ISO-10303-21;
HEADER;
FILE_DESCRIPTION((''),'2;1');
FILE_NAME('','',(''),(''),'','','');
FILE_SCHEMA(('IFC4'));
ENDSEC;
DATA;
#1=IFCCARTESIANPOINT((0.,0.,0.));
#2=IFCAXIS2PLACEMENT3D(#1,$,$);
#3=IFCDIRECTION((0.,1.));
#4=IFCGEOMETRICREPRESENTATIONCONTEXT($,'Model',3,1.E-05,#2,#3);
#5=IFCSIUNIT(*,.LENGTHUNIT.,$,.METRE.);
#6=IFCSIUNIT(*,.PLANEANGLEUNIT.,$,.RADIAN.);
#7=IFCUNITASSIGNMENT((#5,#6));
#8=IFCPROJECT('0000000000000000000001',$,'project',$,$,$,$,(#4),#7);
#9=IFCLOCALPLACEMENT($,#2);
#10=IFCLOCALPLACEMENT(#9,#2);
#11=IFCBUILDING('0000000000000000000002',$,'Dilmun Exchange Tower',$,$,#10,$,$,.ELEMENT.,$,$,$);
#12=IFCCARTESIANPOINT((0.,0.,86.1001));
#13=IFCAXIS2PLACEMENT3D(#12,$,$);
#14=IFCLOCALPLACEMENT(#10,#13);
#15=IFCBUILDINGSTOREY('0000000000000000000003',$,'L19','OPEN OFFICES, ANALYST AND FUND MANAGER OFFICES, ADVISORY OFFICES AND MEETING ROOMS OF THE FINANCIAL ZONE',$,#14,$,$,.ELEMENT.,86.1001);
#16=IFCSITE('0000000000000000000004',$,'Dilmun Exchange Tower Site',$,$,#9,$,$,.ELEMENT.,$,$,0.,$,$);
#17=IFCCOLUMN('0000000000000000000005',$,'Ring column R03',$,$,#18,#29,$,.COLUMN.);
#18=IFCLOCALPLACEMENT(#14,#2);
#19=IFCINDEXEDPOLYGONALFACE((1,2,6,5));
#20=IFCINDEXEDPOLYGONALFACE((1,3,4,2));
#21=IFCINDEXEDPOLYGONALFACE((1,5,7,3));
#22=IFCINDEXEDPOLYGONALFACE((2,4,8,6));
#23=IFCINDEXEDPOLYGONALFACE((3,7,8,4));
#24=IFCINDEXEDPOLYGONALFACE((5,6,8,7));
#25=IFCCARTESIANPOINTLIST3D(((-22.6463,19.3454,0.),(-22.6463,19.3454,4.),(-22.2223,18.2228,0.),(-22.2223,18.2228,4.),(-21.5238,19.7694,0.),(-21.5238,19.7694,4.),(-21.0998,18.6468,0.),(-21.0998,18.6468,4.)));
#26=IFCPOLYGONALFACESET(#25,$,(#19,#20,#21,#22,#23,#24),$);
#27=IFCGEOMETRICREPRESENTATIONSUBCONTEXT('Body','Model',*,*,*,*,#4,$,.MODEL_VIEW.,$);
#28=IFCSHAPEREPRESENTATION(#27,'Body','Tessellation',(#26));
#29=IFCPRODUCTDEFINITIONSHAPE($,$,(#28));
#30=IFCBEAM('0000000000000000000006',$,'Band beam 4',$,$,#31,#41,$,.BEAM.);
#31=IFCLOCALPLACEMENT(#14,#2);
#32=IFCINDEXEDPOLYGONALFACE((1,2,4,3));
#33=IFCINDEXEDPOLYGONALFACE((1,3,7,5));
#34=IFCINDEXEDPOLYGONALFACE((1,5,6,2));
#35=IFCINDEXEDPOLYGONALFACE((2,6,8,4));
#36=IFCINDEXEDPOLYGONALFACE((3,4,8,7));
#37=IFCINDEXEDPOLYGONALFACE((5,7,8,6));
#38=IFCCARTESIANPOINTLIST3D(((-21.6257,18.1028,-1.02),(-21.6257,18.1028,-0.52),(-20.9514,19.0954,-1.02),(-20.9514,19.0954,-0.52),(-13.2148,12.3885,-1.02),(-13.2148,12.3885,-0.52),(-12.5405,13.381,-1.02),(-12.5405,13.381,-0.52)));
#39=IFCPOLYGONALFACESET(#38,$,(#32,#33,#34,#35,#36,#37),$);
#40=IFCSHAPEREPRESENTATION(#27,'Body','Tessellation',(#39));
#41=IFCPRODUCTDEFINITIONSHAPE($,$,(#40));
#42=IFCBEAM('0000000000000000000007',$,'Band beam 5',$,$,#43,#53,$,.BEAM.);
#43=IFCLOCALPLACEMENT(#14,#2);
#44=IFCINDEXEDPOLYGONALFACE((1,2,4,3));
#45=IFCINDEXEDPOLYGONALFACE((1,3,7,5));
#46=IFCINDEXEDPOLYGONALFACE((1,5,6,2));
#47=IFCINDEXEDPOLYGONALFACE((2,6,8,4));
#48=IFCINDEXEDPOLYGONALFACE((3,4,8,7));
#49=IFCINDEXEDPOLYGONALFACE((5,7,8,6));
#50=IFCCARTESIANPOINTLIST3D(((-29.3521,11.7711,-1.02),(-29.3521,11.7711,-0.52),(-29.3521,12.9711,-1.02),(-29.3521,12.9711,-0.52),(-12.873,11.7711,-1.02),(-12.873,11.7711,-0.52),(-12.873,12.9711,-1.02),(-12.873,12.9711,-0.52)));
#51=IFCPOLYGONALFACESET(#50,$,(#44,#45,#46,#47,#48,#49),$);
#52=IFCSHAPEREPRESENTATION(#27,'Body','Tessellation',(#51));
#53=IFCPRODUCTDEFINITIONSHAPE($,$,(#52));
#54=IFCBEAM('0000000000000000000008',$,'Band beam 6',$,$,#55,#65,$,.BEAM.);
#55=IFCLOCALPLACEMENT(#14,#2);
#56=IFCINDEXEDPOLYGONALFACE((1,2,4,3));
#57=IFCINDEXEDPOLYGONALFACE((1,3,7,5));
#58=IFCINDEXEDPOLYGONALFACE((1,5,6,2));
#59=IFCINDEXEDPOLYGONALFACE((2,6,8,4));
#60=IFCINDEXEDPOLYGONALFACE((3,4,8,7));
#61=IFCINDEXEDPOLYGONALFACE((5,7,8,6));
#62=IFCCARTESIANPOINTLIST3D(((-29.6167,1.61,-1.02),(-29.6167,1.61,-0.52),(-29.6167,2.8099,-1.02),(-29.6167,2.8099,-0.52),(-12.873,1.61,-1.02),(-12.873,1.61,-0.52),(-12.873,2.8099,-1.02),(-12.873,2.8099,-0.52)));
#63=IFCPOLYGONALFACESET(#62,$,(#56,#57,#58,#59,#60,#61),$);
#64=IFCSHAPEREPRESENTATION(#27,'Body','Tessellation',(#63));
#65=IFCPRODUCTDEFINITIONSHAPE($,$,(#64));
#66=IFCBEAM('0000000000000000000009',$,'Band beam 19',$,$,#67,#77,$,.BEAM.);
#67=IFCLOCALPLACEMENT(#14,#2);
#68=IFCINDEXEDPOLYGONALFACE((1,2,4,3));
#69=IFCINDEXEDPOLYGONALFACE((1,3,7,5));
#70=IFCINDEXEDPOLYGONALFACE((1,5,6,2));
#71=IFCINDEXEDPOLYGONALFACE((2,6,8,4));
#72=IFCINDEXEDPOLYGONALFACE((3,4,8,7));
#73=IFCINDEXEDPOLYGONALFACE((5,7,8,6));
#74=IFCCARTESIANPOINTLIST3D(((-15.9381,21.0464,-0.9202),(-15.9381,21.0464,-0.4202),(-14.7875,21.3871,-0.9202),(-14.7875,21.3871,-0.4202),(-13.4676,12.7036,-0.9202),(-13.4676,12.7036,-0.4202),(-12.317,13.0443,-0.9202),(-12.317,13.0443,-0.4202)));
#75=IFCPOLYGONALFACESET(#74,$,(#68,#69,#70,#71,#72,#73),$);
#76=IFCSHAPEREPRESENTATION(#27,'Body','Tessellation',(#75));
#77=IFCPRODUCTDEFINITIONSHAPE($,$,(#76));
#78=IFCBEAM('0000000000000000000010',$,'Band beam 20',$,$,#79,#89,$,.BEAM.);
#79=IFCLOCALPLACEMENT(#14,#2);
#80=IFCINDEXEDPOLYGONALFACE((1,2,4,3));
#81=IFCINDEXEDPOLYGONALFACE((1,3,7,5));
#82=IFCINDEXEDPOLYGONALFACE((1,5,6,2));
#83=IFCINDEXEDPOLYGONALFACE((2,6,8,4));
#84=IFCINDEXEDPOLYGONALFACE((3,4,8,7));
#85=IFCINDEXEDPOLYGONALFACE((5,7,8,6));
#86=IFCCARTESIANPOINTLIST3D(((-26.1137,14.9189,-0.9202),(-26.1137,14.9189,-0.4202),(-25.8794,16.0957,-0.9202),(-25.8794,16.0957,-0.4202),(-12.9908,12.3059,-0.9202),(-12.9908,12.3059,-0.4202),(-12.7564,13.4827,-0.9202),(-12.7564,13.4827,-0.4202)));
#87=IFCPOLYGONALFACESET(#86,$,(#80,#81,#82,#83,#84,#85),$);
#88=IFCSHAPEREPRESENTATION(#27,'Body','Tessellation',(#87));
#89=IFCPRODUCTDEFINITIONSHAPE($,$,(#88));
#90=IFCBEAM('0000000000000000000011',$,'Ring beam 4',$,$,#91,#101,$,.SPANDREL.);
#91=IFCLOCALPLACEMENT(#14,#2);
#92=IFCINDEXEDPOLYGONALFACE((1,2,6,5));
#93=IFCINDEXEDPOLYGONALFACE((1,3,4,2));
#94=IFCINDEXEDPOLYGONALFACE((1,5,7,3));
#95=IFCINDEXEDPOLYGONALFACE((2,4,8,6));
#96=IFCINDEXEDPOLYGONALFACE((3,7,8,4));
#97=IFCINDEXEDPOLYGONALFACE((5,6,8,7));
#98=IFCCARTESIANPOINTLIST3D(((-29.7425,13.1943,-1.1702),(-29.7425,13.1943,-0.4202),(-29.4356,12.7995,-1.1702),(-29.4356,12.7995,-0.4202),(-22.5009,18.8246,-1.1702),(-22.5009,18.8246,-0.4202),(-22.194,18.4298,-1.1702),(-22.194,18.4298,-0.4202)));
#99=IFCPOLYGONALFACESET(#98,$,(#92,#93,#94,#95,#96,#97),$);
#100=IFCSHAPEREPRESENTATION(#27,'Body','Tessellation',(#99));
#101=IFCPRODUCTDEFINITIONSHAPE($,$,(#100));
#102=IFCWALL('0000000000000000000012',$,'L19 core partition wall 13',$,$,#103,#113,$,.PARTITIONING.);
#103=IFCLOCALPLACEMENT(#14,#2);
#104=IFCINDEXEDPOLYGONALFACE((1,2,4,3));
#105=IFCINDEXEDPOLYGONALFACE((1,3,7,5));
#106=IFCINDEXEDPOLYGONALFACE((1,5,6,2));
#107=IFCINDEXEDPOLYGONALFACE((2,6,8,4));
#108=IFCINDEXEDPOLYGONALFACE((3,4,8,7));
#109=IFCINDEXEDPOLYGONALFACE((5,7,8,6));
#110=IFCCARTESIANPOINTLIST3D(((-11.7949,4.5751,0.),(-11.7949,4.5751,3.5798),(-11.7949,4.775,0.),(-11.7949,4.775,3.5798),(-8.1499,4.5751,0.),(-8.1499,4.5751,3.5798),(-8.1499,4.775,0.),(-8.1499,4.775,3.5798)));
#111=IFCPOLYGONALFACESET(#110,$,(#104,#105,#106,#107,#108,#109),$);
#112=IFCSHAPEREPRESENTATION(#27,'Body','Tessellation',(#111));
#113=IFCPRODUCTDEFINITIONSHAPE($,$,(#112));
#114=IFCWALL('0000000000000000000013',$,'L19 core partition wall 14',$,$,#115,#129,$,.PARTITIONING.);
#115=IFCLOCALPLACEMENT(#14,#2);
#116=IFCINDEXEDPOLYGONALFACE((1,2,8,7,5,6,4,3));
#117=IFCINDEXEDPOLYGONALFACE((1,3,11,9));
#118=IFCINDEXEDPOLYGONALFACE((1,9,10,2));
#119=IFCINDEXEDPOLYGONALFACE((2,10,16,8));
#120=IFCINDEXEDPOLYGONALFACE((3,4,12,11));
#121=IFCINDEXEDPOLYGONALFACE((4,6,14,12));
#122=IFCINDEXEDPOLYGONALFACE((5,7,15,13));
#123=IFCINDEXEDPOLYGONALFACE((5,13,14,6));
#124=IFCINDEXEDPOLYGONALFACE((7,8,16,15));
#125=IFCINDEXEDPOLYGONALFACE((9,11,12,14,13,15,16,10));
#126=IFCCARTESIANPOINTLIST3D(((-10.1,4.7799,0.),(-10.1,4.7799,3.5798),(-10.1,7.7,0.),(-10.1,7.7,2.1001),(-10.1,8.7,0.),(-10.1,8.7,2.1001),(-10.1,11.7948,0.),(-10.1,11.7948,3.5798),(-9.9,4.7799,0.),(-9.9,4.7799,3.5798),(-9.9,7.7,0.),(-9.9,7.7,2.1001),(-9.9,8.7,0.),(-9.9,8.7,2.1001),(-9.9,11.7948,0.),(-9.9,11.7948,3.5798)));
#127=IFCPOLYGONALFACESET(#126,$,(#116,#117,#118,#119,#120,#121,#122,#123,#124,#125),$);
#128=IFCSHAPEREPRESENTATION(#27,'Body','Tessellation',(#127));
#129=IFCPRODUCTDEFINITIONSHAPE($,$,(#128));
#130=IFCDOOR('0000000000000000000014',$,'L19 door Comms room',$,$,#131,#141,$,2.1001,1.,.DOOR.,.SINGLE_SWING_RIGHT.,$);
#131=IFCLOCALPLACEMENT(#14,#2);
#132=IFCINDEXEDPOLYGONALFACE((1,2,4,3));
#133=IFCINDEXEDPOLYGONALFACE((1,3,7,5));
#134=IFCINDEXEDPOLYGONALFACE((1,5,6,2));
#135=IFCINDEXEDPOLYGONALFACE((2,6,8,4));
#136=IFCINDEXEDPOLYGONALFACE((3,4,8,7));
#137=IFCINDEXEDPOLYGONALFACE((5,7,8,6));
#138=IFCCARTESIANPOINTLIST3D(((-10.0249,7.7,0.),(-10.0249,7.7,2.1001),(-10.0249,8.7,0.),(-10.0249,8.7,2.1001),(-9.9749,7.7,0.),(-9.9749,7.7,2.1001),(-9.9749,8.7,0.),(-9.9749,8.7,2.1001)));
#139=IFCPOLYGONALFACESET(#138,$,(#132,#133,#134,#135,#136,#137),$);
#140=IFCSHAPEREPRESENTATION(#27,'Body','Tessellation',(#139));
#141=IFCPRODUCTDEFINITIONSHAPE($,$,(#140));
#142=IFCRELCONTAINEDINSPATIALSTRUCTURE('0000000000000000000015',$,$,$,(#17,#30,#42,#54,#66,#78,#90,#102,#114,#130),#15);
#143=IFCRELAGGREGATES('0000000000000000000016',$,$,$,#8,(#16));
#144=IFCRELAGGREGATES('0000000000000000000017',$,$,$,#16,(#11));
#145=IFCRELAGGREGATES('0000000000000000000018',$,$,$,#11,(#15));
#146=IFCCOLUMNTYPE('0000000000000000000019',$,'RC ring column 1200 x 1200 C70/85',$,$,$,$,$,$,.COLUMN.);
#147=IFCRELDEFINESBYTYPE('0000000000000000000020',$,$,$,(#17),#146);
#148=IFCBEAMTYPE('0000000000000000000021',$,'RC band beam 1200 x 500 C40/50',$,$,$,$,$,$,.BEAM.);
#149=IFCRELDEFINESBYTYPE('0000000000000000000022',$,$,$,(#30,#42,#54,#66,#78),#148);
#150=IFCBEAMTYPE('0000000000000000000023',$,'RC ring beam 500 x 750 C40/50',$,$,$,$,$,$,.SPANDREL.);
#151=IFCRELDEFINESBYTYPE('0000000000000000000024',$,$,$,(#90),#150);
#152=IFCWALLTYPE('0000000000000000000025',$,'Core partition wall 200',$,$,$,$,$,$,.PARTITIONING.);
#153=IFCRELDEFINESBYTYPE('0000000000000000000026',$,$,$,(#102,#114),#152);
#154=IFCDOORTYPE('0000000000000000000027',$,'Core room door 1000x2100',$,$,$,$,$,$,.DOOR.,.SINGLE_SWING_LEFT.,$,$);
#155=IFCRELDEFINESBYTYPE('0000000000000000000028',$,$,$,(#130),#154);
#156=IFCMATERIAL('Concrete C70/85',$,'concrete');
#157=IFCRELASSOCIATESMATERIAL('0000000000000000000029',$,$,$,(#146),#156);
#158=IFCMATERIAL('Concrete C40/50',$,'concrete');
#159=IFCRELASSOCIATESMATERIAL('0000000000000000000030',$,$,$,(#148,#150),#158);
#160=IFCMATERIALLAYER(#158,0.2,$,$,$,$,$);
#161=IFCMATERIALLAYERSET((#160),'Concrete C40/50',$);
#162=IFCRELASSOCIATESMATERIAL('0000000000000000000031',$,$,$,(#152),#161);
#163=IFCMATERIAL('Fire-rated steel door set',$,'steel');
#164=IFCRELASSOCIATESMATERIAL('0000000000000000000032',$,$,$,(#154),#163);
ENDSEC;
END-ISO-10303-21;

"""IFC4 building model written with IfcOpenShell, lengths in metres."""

from ifc_helpers import new_model, si_unit, direction, frame, frame_2d, origin, origin_2d, place, context, subcontext, project, spatial, rectangle, extrude, material, layer, layer_set, material_profile, profile_set, type_object, element, fill, save


model = new_model("IFC4")

# Units and contexts
model_context = context("Model", 3, precision=1e-05, world=origin(), true_north=direction((0.0, 1.0)))
body_context = subcontext(model_context, "Body", "Model", "MODEL_VIEW")
ifc_project = project(units=[si_unit("LENGTHUNIT", "METRE"), si_unit("PLANEANGLEUNIT", "RADIAN")], contexts=[model_context])

# Site, building, storey
site_placement = place(None, origin())
site = spatial("IfcSite", under=ifc_project, at=site_placement, Name="Dilmun Exchange Tower Site", CompositionType="ELEMENT", RefElevation=0.0)
building_placement = place(site_placement, origin())
building = spatial("IfcBuilding", under=site, at=building_placement, Name="Dilmun Exchange Tower", CompositionType="ELEMENT")
storey_placement = place(building_placement, frame((0.0, 0.0, 86.1001)))
storey = spatial("IfcBuildingStorey", under=building, at=storey_placement, Name="L19", Description="OPEN OFFICES, ANALYST AND FUND MANAGER OFFICES, ADVISORY OFFICES AND MEETING ROOMS OF THE FINANCIAL ZONE", CompositionType="ELEMENT", Elevation=86.1001)

# Column
ifc_material_1 = material(Name="Concrete C70/85", Category="concrete")
ifc_material_profile_1 = material_profile(ifc_material_1, rectangle(XDim=1.2, YDim=1.2, at=origin_2d()), Name="1200 x 1200")
ifc_profile_set_1 = profile_set([ifc_material_profile_1], Name="Concrete C70/85")
column_type = type_object("IfcColumnType", Name="RC ring column 1200 x 1200 C70/85", PredefinedType="COLUMN", material=ifc_profile_set_1)
column_placement = place(storey_placement, frame((-21.873, 18.9961, 0.0), z_axis=(0.0, 0.0, 1.0), x_axis=(0.935492, 0.353349, 0.0)))
element("IfcColumn", 1, at=column_placement, inside=storey, type_object=column_type, Name="Ring column R03", PredefinedType="COLUMN", context=body_context, shape_type="SweptSolid", body=[
    extrude(rectangle(XDim=1.2, YDim=1.2, at=origin_2d()), origin(), (0.0, 0.0, 1.0), 4.0),
])

# Beams
ifc_material_2 = material(Name="Concrete C40/50", Category="concrete")
ifc_material_profile_2 = material_profile(ifc_material_2, rectangle(XDim=1.2, YDim=0.5, at=origin_2d()), Name="1200 x 500")
ifc_profile_set_2 = profile_set([ifc_material_profile_2], Name="Concrete C40/50")
beam_type_1 = type_object("IfcBeamType", Name="RC band beam 1200 x 500 C40/50", PredefinedType="BEAM", material=ifc_profile_set_2)
beam_1_placement = place(storey_placement, frame((-21.2886, 18.5991, -0.77), z_axis=(0.827157, -0.56197, 0.0), x_axis=(0.56197, 0.827157, 0.0)))
element("IfcBeam", 2, at=beam_1_placement, inside=storey, type_object=beam_type_1, Name="Band beam 4", PredefinedType="BEAM", context=body_context, shape_type="SweptSolid", body=[
    extrude(rectangle(XDim=1.2, YDim=0.5, at=origin_2d()), origin(), (0.0, 0.0, 1.0), 10.1685),
])
beam_2_placement = place(storey_placement, frame((-29.3521, 12.3711, -0.77), z_axis=(1.0, 0.0, 0.0), x_axis=(0.0, 1.0, 0.0)))
element("IfcBeam", 3, at=beam_2_placement, inside=storey, type_object=beam_type_1, Name="Band beam 5", PredefinedType="BEAM", context=body_context, shape_type="SweptSolid", body=[
    extrude(rectangle(XDim=1.2, YDim=0.5, at=origin_2d()), origin(), (0.0, 0.0, 1.0), 16.479),
])
beam_3_placement = place(storey_placement, frame((-29.6167, 2.21, -0.77), z_axis=(1.0, 0.0, 0.0), x_axis=(0.0, 1.0, 0.0)))
element("IfcBeam", 4, at=beam_3_placement, inside=storey, type_object=beam_type_1, Name="Band beam 6", PredefinedType="BEAM", context=body_context, shape_type="SweptSolid", body=[
    extrude(rectangle(XDim=1.2, YDim=0.5, at=origin_2d()), origin(), (0.0, 0.0, 1.0), 16.7437),
])
beam_4_placement = place(storey_placement, frame((-15.3628, 21.2168, -0.6702), z_axis=(0.283933, -0.958844, 0.0), x_axis=(0.958844, 0.283933, 0.0)))
element("IfcBeam", 5, at=beam_4_placement, inside=storey, type_object=beam_type_1, Name="Band beam 19", PredefinedType="BEAM", context=body_context, shape_type="SweptSolid", body=[
    extrude(rectangle(XDim=1.2, YDim=0.5, at=origin_2d()), origin(), (0.0, 0.0, 1.0), 8.7009),
])
beam_5_placement = place(storey_placement, frame((-25.9966, 15.5073, -0.6702), z_axis=(0.980747, -0.195284, 0.0), x_axis=(0.195284, 0.980747, 0.0)))
element("IfcBeam", 6, at=beam_5_placement, inside=storey, type_object=beam_type_1, Name="Band beam 20", PredefinedType="BEAM", context=body_context, shape_type="SweptSolid", body=[
    extrude(rectangle(XDim=1.2, YDim=0.5, at=origin_2d()), origin(), (0.0, 0.0, 1.0), 13.3806),
])
ifc_material_profile_3 = material_profile(ifc_material_2, rectangle(XDim=0.5, YDim=0.75, at=origin_2d()), Name="500 x 750")
ifc_profile_set_3 = profile_set([ifc_material_profile_3], Name="Concrete C40/50")
beam_type_2 = type_object("IfcBeamType", Name="RC ring beam 500 x 750 C40/50", PredefinedType="SPANDREL", material=ifc_profile_set_3)
beam_6_placement = place(storey_placement, frame((-22.3474, 18.6272, -0.7952), z_axis=(-0.789461, -0.613801, 0.0), x_axis=(0.613801, -0.789461, 0.0)))
element("IfcBeam", 7, at=beam_6_placement, inside=storey, type_object=beam_type_2, Name="Ring beam 4", PredefinedType="SPANDREL", context=body_context, shape_type="SweptSolid", body=[
    extrude(rectangle(XDim=0.5, YDim=0.75, at=origin_2d()), origin(), (0.0, 0.0, 1.0), 9.1729),
])

# Wall
ifc_layer_1 = layer(ifc_material_2, 0.2)
ifc_layer_set_1 = layer_set([ifc_layer_1], Name="Concrete C40/50")
wall_type_1 = type_object("IfcWallType", Name="Core partition wall 200", PredefinedType="PARTITIONING", material=ifc_layer_set_1)
wall_1_placement = place(storey_placement, frame((-11.7949, 4.675, 0.0), z_axis=(0.0, 0.0, 1.0), x_axis=(1.0, 0.0, 0.0)))
element("IfcWall", 8, at=wall_1_placement, inside=storey, type_object=wall_type_1, Name="L19 core partition wall 13", PredefinedType="PARTITIONING", context=body_context, shape_type="SweptSolid", body=[
    extrude(rectangle(XDim=3.645, YDim=0.2, at=frame_2d((1.8225, 0.0))), origin(), (0.0, 0.0, 1.0), 3.5798),
])

# Wall, opening, door
wall_2_placement = place(storey_placement, frame((-10.0, 4.78, 0.0), z_axis=(0.0, 0.0, 1.0), x_axis=(0.0, 1.0, 0.0)))
wall_2 = element("IfcWall", 9, at=wall_2_placement, inside=storey, type_object=wall_type_1, Name="L19 core partition wall 14", PredefinedType="PARTITIONING", context=body_context, shape_type="SweptSolid", body=[
    extrude(rectangle(XDim=7.0149, YDim=0.2, at=frame_2d((3.5073, 0.0))), origin(), (0.0, 0.0, 1.0), 3.5798),
])
opening_1_placement = place(wall_2_placement, frame((2.9199, 0.0, 0.0)))
opening_1 = element("IfcOpeningElement", 10, at=opening_1_placement, cuts=wall_2, PredefinedType="OPENING", context=body_context, shape_type="SweptSolid", body=[
    extrude(rectangle(XDim=1.0, YDim=2.1001, at=frame_2d((0.5, 1.05))), frame((0.0, 0.1099, 0.0), z_axis=(0.0, -1.0, 0.0), x_axis=(1.0, 0.0, 0.0)), (0.0, 0.0, 1.0), 0.22),
])
ifc_material_3 = material(Name="Fire-rated steel door set", Category="steel")
door_type_1 = type_object("IfcDoorType", Name="Core room door 1000x2100", OperationType="SINGLE_SWING_LEFT", PredefinedType="DOOR", material=ifc_material_3)
door_1_placement = place(opening_1_placement, origin())
door_1 = element("IfcDoor", 11, at=door_1_placement, inside=storey, type_object=door_type_1, Name="L19 door Comms room", OperationType="SINGLE_SWING_RIGHT", OverallHeight=2.1001, OverallWidth=1.0, PredefinedType="DOOR", context=body_context, shape_type="SweptSolid", body=[
    extrude(rectangle(XDim=1.0, YDim=2.1001, at=frame_2d((0.5, 1.05))), frame((0.0, 0.0249, 0.0), z_axis=(0.0, -1.0, 0.0), x_axis=(1.0, 0.0, 0.0)), (0.0, 0.0, 1.0), 0.05),
])
fill(opening_1, door_1)

save(model, "model.ifc")
